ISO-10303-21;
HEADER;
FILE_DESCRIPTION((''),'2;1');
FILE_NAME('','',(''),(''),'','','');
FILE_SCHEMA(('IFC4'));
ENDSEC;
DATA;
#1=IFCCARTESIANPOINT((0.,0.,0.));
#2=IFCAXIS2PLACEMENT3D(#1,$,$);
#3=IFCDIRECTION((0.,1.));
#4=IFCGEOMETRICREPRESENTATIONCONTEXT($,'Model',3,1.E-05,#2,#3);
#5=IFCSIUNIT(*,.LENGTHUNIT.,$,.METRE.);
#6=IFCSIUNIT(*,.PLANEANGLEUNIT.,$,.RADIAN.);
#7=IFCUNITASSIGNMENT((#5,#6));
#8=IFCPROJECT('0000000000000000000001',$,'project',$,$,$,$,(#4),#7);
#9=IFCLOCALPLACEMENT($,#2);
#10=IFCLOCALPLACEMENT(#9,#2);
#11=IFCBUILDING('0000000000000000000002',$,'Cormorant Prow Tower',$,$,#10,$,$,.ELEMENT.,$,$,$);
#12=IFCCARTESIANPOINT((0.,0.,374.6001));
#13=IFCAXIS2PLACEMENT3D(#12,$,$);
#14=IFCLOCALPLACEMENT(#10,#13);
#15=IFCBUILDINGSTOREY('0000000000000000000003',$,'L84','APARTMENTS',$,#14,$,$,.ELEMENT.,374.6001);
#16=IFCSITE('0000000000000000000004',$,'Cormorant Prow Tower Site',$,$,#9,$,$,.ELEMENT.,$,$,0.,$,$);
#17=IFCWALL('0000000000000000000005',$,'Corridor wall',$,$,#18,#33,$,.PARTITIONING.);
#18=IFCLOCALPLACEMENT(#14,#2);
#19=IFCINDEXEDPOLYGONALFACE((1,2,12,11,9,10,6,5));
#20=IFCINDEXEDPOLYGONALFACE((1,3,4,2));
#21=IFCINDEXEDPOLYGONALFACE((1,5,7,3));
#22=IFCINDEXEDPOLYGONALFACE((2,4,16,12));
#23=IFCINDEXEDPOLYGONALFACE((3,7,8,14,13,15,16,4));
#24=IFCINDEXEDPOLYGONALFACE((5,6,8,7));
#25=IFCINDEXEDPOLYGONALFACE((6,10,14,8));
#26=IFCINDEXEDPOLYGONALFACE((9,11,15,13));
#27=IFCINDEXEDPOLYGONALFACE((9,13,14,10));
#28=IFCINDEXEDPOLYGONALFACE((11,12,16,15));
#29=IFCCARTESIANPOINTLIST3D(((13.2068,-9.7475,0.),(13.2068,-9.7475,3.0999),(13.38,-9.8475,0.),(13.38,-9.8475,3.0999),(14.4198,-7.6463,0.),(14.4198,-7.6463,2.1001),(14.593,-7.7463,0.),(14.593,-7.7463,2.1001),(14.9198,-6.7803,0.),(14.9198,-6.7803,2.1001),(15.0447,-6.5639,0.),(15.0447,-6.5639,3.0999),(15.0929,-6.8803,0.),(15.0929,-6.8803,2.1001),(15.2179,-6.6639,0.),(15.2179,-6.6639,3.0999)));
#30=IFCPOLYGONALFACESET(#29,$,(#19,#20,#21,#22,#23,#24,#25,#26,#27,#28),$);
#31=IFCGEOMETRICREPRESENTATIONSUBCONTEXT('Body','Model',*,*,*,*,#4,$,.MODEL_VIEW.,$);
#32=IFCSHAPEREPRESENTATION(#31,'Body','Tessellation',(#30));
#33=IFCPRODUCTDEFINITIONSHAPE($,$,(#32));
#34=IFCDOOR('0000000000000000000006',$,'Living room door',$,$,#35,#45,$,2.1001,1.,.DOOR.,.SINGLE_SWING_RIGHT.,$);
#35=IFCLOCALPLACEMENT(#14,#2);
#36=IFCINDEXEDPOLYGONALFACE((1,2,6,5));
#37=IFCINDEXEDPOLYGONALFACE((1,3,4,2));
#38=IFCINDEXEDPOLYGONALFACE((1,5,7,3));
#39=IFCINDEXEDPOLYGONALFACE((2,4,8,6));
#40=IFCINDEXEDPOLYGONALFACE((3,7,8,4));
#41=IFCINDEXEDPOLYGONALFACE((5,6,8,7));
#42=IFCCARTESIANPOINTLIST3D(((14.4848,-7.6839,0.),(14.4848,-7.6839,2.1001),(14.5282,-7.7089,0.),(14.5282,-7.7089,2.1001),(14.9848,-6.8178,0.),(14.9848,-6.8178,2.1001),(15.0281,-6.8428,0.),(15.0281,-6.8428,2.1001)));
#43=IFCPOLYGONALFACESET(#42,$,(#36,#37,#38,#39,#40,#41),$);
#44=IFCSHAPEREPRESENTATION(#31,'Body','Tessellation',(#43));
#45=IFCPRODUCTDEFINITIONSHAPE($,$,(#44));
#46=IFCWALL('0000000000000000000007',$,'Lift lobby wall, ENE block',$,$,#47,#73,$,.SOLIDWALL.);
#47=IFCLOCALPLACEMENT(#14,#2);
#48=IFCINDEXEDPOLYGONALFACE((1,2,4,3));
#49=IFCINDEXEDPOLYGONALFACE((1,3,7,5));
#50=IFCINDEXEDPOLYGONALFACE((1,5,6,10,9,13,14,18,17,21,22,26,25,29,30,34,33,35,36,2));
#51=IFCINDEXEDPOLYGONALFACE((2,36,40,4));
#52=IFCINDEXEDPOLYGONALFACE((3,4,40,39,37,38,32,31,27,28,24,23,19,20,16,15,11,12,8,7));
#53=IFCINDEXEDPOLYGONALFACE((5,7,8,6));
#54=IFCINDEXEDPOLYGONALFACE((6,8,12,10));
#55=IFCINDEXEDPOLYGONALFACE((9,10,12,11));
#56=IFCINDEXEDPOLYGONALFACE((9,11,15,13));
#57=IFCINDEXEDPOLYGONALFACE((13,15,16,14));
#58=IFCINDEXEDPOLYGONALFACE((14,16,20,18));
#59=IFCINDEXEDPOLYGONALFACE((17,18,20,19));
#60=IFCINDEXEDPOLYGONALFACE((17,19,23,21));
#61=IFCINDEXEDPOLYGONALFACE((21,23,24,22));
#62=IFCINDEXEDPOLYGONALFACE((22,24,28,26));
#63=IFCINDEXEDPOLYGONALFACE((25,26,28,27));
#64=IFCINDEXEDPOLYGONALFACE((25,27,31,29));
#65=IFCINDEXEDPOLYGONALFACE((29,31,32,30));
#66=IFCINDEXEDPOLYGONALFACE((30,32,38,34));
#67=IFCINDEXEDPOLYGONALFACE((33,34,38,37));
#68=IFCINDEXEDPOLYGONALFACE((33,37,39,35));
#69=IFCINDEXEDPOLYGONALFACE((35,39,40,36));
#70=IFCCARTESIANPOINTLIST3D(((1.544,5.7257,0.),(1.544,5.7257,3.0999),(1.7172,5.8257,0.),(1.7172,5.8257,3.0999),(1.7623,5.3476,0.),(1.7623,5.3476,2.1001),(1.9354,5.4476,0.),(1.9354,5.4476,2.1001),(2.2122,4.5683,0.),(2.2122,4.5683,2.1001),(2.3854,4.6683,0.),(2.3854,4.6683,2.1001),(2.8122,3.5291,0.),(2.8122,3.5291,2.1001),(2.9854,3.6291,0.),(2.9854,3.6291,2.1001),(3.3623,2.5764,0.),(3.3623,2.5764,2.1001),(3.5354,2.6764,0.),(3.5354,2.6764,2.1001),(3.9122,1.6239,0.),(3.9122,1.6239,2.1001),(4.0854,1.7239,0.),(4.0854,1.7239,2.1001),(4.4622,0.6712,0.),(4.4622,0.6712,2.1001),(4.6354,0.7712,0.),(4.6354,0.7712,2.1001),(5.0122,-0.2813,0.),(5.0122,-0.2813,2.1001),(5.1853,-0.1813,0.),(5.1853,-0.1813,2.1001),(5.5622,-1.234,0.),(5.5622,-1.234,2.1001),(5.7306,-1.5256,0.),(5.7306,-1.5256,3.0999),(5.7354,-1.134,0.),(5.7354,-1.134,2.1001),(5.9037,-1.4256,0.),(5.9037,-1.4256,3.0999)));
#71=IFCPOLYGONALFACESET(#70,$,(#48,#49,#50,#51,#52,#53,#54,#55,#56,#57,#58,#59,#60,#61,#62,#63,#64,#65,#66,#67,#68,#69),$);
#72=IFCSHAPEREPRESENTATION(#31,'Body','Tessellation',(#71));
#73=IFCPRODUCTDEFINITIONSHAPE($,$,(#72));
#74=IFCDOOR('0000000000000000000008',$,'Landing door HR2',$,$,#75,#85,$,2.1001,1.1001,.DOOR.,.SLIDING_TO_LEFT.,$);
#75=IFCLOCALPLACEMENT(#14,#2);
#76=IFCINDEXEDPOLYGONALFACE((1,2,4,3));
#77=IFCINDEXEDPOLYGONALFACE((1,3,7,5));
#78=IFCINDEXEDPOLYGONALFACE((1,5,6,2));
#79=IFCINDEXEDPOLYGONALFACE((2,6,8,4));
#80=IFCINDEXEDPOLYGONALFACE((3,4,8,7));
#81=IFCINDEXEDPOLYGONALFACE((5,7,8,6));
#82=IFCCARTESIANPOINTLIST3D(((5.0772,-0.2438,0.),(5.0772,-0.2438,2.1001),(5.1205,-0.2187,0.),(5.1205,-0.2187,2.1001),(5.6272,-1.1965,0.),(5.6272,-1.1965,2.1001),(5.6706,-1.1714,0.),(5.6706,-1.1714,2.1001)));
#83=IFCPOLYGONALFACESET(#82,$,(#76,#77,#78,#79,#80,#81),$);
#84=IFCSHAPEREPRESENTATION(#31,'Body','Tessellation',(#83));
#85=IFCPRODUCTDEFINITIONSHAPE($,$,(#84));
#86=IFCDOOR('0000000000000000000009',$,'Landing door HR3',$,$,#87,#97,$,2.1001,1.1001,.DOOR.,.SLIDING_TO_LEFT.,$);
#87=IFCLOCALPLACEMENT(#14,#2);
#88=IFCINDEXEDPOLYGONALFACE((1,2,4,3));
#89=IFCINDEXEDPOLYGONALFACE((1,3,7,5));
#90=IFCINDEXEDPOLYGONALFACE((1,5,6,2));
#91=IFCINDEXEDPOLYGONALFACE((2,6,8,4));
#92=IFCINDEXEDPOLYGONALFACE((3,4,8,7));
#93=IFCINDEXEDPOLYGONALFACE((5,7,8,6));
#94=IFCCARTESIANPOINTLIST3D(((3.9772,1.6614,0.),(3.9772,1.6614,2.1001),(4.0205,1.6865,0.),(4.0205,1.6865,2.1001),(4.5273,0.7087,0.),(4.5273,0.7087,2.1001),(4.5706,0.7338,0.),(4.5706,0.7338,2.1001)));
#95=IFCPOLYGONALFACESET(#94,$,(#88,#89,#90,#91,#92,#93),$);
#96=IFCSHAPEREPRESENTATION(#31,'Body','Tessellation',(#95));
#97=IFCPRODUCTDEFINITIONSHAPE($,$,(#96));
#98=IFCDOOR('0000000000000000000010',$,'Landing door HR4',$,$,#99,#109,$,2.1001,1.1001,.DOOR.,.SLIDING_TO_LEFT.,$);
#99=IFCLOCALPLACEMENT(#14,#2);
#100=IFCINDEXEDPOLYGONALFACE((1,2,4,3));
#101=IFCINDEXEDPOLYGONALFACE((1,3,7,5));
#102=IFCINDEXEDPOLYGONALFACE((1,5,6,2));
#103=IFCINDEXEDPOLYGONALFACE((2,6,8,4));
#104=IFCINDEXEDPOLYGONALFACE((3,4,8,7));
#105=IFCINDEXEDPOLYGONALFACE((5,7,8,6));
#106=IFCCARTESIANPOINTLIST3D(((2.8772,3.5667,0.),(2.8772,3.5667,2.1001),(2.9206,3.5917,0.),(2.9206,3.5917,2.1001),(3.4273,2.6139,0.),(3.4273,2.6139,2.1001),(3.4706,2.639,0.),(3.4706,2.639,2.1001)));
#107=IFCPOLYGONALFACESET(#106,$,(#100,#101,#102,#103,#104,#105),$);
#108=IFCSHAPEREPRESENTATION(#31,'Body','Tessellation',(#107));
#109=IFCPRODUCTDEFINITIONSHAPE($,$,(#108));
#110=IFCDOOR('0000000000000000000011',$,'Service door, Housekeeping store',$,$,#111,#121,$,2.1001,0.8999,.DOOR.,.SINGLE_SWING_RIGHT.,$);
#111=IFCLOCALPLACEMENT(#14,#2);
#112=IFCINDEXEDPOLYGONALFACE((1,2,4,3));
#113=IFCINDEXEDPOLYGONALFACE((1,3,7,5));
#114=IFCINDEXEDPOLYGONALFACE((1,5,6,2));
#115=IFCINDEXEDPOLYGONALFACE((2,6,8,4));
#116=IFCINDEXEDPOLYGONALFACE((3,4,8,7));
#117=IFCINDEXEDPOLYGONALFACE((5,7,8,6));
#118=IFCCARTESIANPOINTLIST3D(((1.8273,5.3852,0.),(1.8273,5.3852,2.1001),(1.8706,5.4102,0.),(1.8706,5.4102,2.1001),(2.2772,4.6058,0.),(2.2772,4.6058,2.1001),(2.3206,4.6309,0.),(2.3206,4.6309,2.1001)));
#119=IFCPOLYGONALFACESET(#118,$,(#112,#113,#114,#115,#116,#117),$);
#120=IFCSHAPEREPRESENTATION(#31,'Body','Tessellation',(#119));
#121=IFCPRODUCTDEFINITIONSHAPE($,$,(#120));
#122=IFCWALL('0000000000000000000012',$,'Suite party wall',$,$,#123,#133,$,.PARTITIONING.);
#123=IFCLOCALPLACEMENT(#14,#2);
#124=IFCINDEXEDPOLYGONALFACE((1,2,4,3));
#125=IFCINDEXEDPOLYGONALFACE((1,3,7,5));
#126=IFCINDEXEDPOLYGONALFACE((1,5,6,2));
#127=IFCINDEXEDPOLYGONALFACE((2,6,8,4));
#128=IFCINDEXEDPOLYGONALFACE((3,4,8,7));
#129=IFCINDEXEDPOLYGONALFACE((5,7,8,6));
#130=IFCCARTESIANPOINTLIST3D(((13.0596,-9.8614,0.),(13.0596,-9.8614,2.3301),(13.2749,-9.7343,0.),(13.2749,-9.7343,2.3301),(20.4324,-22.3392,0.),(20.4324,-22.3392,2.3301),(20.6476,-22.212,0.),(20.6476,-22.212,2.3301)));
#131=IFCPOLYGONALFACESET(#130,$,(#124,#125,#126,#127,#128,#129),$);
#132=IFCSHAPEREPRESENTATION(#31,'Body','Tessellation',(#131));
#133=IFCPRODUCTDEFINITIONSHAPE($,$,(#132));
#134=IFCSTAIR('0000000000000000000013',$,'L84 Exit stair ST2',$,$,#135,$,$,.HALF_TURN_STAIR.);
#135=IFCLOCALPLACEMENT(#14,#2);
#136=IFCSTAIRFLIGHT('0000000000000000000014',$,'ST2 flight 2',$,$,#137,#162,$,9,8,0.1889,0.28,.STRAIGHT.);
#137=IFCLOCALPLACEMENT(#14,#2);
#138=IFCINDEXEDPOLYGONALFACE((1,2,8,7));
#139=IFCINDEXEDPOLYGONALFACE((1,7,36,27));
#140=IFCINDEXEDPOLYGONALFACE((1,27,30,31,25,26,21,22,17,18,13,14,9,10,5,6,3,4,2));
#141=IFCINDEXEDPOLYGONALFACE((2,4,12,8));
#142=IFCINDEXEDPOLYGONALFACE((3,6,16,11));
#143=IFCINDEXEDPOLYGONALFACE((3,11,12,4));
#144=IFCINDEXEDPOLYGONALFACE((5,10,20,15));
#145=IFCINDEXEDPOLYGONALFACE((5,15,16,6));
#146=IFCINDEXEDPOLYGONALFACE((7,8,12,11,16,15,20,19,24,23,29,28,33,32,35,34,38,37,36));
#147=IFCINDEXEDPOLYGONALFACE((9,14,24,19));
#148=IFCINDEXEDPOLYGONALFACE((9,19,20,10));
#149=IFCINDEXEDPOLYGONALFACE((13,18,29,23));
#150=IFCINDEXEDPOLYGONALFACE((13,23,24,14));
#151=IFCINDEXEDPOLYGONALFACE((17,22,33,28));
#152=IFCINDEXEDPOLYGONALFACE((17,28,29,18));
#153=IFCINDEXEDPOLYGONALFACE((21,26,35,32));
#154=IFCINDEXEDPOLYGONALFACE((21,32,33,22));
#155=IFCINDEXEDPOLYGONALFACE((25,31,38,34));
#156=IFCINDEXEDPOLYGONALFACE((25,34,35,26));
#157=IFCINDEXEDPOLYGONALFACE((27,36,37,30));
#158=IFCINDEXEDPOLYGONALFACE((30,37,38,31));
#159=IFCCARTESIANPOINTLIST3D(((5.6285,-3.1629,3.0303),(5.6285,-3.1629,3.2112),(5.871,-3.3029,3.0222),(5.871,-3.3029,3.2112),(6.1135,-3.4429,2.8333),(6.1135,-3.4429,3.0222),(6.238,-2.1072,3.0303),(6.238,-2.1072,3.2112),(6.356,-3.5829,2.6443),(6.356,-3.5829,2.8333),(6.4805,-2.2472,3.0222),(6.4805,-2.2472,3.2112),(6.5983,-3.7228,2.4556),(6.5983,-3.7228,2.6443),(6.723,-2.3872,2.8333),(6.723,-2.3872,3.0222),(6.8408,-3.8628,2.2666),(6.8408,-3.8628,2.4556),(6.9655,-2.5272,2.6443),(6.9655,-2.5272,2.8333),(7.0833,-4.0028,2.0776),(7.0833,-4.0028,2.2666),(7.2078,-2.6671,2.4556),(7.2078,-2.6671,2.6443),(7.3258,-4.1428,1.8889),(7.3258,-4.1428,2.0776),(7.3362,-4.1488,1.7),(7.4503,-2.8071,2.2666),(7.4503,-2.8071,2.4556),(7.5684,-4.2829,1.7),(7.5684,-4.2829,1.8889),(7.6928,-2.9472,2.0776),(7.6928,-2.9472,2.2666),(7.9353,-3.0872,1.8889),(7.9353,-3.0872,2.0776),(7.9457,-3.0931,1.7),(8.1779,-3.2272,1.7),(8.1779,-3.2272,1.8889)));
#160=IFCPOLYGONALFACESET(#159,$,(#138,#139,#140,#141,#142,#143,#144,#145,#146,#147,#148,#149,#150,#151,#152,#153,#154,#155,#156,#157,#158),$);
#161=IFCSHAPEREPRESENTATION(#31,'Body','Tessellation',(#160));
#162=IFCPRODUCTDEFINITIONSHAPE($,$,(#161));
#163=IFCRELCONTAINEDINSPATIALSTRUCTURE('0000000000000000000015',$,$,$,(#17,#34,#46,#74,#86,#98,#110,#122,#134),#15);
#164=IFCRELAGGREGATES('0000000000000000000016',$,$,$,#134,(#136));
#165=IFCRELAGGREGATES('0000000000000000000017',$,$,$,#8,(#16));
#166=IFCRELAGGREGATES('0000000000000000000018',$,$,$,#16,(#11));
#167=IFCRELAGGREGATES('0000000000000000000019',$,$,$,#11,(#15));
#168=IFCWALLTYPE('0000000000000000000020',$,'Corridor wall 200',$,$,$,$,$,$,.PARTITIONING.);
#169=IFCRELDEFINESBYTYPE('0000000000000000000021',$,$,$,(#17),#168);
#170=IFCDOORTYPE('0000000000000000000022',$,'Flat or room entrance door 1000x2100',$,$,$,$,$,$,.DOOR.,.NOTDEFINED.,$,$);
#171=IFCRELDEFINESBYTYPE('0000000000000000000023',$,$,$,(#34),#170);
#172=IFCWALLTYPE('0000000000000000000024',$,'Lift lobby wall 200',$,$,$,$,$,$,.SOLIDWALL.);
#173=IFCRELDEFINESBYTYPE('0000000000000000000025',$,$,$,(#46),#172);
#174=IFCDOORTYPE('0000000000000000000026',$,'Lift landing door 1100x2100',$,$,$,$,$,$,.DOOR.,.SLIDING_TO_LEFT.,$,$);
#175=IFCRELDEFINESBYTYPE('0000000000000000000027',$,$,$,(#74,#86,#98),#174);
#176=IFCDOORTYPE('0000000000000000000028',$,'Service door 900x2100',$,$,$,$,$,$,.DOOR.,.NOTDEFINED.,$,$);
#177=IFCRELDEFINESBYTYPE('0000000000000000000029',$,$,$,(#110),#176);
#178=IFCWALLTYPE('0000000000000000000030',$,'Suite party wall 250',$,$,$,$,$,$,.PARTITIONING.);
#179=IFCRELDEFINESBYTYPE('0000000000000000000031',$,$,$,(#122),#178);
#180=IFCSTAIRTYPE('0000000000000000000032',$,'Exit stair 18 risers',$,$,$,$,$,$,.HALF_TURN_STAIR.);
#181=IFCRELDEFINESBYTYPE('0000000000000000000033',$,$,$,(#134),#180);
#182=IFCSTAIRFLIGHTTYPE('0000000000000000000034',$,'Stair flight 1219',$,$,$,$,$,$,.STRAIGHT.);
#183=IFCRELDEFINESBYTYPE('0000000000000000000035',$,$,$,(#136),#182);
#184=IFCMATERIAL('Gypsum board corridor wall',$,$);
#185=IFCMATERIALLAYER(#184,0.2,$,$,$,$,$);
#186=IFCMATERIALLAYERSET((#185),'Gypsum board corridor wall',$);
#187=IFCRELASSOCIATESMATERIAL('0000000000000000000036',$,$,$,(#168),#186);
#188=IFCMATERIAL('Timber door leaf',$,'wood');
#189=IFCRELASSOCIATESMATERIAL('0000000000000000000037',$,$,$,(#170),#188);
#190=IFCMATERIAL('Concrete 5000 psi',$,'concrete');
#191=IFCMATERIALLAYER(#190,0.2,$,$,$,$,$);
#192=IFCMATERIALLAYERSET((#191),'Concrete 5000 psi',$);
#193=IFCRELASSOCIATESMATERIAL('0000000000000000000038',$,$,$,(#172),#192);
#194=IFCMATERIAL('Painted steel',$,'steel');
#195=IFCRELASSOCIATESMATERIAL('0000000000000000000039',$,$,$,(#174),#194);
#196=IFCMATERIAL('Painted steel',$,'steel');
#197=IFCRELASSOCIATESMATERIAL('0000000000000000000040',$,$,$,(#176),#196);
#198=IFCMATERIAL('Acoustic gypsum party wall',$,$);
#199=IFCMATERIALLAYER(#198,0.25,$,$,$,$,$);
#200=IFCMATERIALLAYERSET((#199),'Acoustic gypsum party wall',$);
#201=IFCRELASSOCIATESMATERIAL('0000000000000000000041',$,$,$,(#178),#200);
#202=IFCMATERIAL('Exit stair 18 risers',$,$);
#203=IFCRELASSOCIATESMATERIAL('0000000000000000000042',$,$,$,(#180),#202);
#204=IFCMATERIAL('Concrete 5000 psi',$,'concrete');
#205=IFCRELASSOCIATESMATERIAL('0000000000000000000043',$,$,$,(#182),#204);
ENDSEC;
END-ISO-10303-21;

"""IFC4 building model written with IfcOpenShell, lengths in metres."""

from ifc_helpers import new_model, si_unit, direction, frame, frame_2d, origin, place, context, subcontext, project, spatial, polyline, rectangle, outline, extrude, material, layer, layer_set, type_object, element, fill, aggregate, save


model = new_model("IFC4")

# Units and contexts
model_context = context("Model", 3, precision=1e-05, world=origin(), true_north=direction((0.0, 1.0)))
body_context = subcontext(model_context, "Body", "Model", "MODEL_VIEW")
ifc_project = project(units=[si_unit("LENGTHUNIT", "METRE"), si_unit("PLANEANGLEUNIT", "RADIAN")], contexts=[model_context])

# Site, building, storey
site_placement = place(None, origin())
site = spatial("IfcSite", under=ifc_project, at=site_placement, Name="Cormorant Prow Tower Site", CompositionType="ELEMENT", RefElevation=0.0)
building_placement = place(site_placement, origin())
building = spatial("IfcBuilding", under=site, at=building_placement, Name="Cormorant Prow Tower", CompositionType="ELEMENT")
storey_placement = place(building_placement, frame((0.0, 0.0, 374.6001)))
storey = spatial("IfcBuildingStorey", under=building, at=storey_placement, Name="L84", Description="APARTMENTS", CompositionType="ELEMENT", Elevation=374.6001)

# Shared definitions
ifc_material_1 = material(Name="Gypsum board corridor wall")
ifc_layer_1 = layer(ifc_material_1, 0.2)
ifc_layer_set_1 = layer_set([ifc_layer_1], Name="Gypsum board corridor wall")
wall_type_1 = type_object("IfcWallType", Name="Corridor wall 200", PredefinedType="PARTITIONING", material=ifc_layer_set_1)

# Wall, opening, door
wall_1_placement = place(storey_placement, frame((13.2935, -9.7974, 0.0), z_axis=(0.0, 0.0, 1.0), x_axis=(0.499968, 0.866044, 0.0)))
wall_1 = element("IfcWall", 1, at=wall_1_placement, inside=storey, type_object=wall_type_1, Name="Corridor wall", PredefinedType="PARTITIONING", context=body_context, shape_type="SweptSolid", body=[
    extrude(rectangle(XDim=3.676, YDim=0.2, at=frame_2d((1.8379, 0.0))), origin(), (0.0, 0.0, 1.0), 3.0999),
])
opening_1_placement = place(wall_1_placement, frame((2.426, 0.0, 0.0)))
opening_1 = element("IfcOpeningElement", 2, at=opening_1_placement, cuts=wall_1, PredefinedType="OPENING", context=body_context, shape_type="SweptSolid", body=[
    extrude(rectangle(XDim=1.0, YDim=2.1001, at=frame_2d((0.5, 1.05))), frame((0.0, 0.1099, 0.0), z_axis=(0.0, -1.0, 0.0), x_axis=(1.0, 0.0, 0.0)), (0.0, 0.0, 1.0), 0.22),
])
ifc_material_2 = material(Name="Timber door leaf", Category="wood")
door_type_1 = type_object("IfcDoorType", Name="Flat or room entrance door 1000x2100", OperationType="NOTDEFINED", PredefinedType="DOOR", material=ifc_material_2)
door_1_placement = place(opening_1_placement, origin())
door_1 = element("IfcDoor", 3, at=door_1_placement, inside=storey, type_object=door_type_1, Name="Living room door", OperationType="SINGLE_SWING_RIGHT", OverallHeight=2.1001, OverallWidth=1.0, PredefinedType="DOOR", context=body_context, shape_type="SweptSolid", body=[
    extrude(rectangle(XDim=1.0, YDim=2.1001, at=frame_2d((0.5, 1.05))), frame((0.0, 0.0249, 0.0), z_axis=(0.0, -1.0, 0.0), x_axis=(1.0, 0.0, 0.0)), (0.0, 0.0, 1.0), 0.05),
])
fill(opening_1, door_1)

# Wall, openings, doors
ifc_material_3 = material(Name="Concrete 5000 psi", Category="concrete")
ifc_layer_2 = layer(ifc_material_3, 0.2)
ifc_layer_set_2 = layer_set([ifc_layer_2], Name="Concrete 5000 psi")
wall_type_2 = type_object("IfcWallType", Name="Lift lobby wall 200", PredefinedType="SOLIDWALL", material=ifc_layer_set_2)
wall_2_placement = place(storey_placement, frame((5.8171, -1.4756, 0.0), z_axis=(0.0, 0.0, 1.0), x_axis=(-0.500003, 0.866024, 0.0)))
wall_2 = element("IfcWall", 4, at=wall_2_placement, inside=storey, type_object=wall_type_2, Name="Lift lobby wall, ENE block", PredefinedType="SOLIDWALL", context=body_context, shape_type="SweptSolid", body=[
    extrude(rectangle(XDim=8.373, YDim=0.2, at=frame_2d((4.1865, 0.0))), origin(), (0.0, 0.0, 1.0), 3.0999),
])
opening_2_placement = place(wall_2_placement, frame((0.3367, 0.0, 0.0)))
opening_2 = element("IfcOpeningElement", 5, at=opening_2_placement, cuts=wall_2, PredefinedType="OPENING", context=body_context, shape_type="SweptSolid", body=[
    extrude(rectangle(XDim=1.1001, YDim=2.1001, at=frame_2d((0.55, 1.05))), frame((0.0, 0.1099, 0.0), z_axis=(0.0, -1.0, 0.0), x_axis=(1.0, 0.0, 0.0)), (0.0, 0.0, 1.0), 0.22),
])
opening_3_placement = place(wall_2_placement, frame((2.5366, 0.0, 0.0)))
opening_3 = element("IfcOpeningElement", 6, at=opening_3_placement, cuts=wall_2, PredefinedType="OPENING", context=body_context, shape_type="SweptSolid", body=[
    extrude(rectangle(XDim=1.1001, YDim=2.1001, at=frame_2d((0.55, 1.05))), frame((0.0, 0.1099, 0.0), z_axis=(0.0, -1.0, 0.0), x_axis=(1.0, 0.0, 0.0)), (0.0, 0.0, 1.0), 0.22),
])
opening_4_placement = place(wall_2_placement, frame((4.7366, 0.0, 0.0)))
opening_4 = element("IfcOpeningElement", 7, at=opening_4_placement, cuts=wall_2, PredefinedType="OPENING", context=body_context, shape_type="SweptSolid", body=[
    extrude(rectangle(XDim=1.1001, YDim=2.1001, at=frame_2d((0.55, 1.05))), frame((0.0, 0.1099, 0.0), z_axis=(0.0, -1.0, 0.0), x_axis=(1.0, 0.0, 0.0)), (0.0, 0.0, 1.0), 0.22),
])
opening_5_placement = place(wall_2_placement, frame((7.0366, 0.0, 0.0)))
opening_5 = element("IfcOpeningElement", 8, at=opening_5_placement, cuts=wall_2, PredefinedType="OPENING", context=body_context, shape_type="SweptSolid", body=[
    extrude(rectangle(XDim=0.8999, YDim=2.1001, at=frame_2d((0.45, 1.05))), frame((0.0, 0.1099, 0.0), z_axis=(0.0, -1.0, 0.0), x_axis=(1.0, 0.0, 0.0)), (0.0, 0.0, 1.0), 0.22),
])
ifc_material_4 = material(Name="Painted steel", Category="steel")
door_type_2 = type_object("IfcDoorType", Name="Lift landing door 1100x2100", OperationType="SLIDING_TO_LEFT", PredefinedType="DOOR", material=ifc_material_4)
door_2_placement = place(opening_2_placement, origin())
door_2 = element("IfcDoor", 9, at=door_2_placement, inside=storey, type_object=door_type_2, Name="Landing door HR2", OperationType="SLIDING_TO_LEFT", OverallHeight=2.1001, OverallWidth=1.1001, PredefinedType="DOOR", context=body_context, shape_type="SweptSolid", body=[
    extrude(rectangle(XDim=1.1001, YDim=2.1001, at=frame_2d((0.55, 1.05))), frame((0.0, 0.0249, 0.0), z_axis=(0.0, -1.0, 0.0), x_axis=(1.0, 0.0, 0.0)), (0.0, 0.0, 1.0), 0.05),
])
fill(opening_2, door_2)
door_3_placement = place(opening_3_placement, origin())
door_3 = element("IfcDoor", 10, at=door_3_placement, inside=storey, type_object=door_type_2, Name="Landing door HR3", OperationType="SLIDING_TO_LEFT", OverallHeight=2.1001, OverallWidth=1.1001, PredefinedType="DOOR", context=body_context, shape_type="SweptSolid", body=[
    extrude(rectangle(XDim=1.1001, YDim=2.1001, at=frame_2d((0.55, 1.05))), frame((0.0, 0.0249, 0.0), z_axis=(0.0, -1.0, 0.0), x_axis=(1.0, 0.0, 0.0)), (0.0, 0.0, 1.0), 0.05),
])
fill(opening_3, door_3)
door_4_placement = place(opening_4_placement, origin())
door_4 = element("IfcDoor", 11, at=door_4_placement, inside=storey, type_object=door_type_2, Name="Landing door HR4", OperationType="SLIDING_TO_LEFT", OverallHeight=2.1001, OverallWidth=1.1001, PredefinedType="DOOR", context=body_context, shape_type="SweptSolid", body=[
    extrude(rectangle(XDim=1.1001, YDim=2.1001, at=frame_2d((0.55, 1.05))), frame((0.0, 0.0249, 0.0), z_axis=(0.0, -1.0, 0.0), x_axis=(1.0, 0.0, 0.0)), (0.0, 0.0, 1.0), 0.05),
])
fill(opening_4, door_4)
ifc_material_5 = material(Name="Painted steel", Category="steel")
door_type_3 = type_object("IfcDoorType", Name="Service door 900x2100", OperationType="NOTDEFINED", PredefinedType="DOOR", material=ifc_material_5)
door_5_placement = place(opening_5_placement, origin())
door_5 = element("IfcDoor", 12, at=door_5_placement, inside=storey, type_object=door_type_3, Name="Service door, Housekeeping store", OperationType="SINGLE_SWING_RIGHT", OverallHeight=2.1001, OverallWidth=0.8999, PredefinedType="DOOR", context=body_context, shape_type="SweptSolid", body=[
    extrude(rectangle(XDim=0.8999, YDim=2.1001, at=frame_2d((0.45, 1.05))), frame((0.0, 0.0249, 0.0), z_axis=(0.0, -1.0, 0.0), x_axis=(1.0, 0.0, 0.0)), (0.0, 0.0, 1.0), 0.05),
])
fill(opening_5, door_5)

# Wall
ifc_material_6 = material(Name="Acoustic gypsum party wall")
ifc_layer_3 = layer(ifc_material_6, 0.25)
ifc_layer_set_3 = layer_set([ifc_layer_3], Name="Acoustic gypsum party wall")
wall_type_3 = type_object("IfcWallType", Name="Suite party wall 250", PredefinedType="PARTITIONING", material=ifc_layer_set_3)
wall_3_placement = place(storey_placement, frame((13.1672, -9.7979, 0.0), z_axis=(0.0, 0.0, 1.0), x_axis=(0.508707, -0.86094, 0.0)))
element("IfcWall", 13, at=wall_3_placement, inside=storey, type_object=wall_type_3, Name="Suite party wall", PredefinedType="PARTITIONING", context=body_context, shape_type="SweptSolid", body=[
    extrude(rectangle(XDim=14.4932, YDim=0.25, at=frame_2d((7.2466, 0.0))), origin(), (0.0, 0.0, 1.0), 2.3301),
])

# Stair, stair flight
ifc_material_7 = material(Name="Exit stair 18 risers")
stair_type = type_object("IfcStairType", Name="Exit stair 18 risers", PredefinedType="HALF_TURN_STAIR", material=ifc_material_7)
stair_placement = place(storey_placement, origin())
stair = element("IfcStair", 14, at=stair_placement, inside=storey, type_object=stair_type, Name="L84 Exit stair ST2", PredefinedType="HALF_TURN_STAIR")
ifc_material_8 = material(Name="Concrete 5000 psi", Category="concrete")
stair_flight_type = type_object("IfcStairFlightType", Name="Stair flight 1219", PredefinedType="STRAIGHT", material=ifc_material_8)
stair_flight_placement = place(storey_placement, frame((7.873, -3.7551, 1.7), z_axis=(0.0, 0.0, 1.0), x_axis=(-0.866025, 0.5, 0.0)))
stair_flight = element("IfcStairFlight", 15, at=stair_flight_placement, type_object=stair_flight_type, Name="ST2 flight 2", NumberOfRisers=9, NumberOfTreads=8, PredefinedType="STRAIGHT", RiserHeight=0.1889, TreadLength=0.28, context=body_context, shape_type="SweptSolid", body=[
    extrude(outline(polyline([(0.0, 0.0), (0.0, 0.189), (0.28, 0.189), (0.28, 0.3777), (0.5601, 0.3777), (0.5601, 0.5667), (0.8401, 0.5667), (0.8401, 0.7556), (1.1201, 0.7556), (1.1201, 0.9443), (1.3999, 0.9443), (1.3999, 1.1333), (1.6799, 1.1333), (1.6799, 1.3223), (1.96, 1.3223), (1.96, 1.5112), (2.24, 1.5112), (2.24, 1.7), (2.24, 1.3303), (0.2681, 0.0), (0.0, 0.0)])), frame((0.0, 0.6094, 0.0), z_axis=(0.0, -1.0, 0.0), x_axis=(1.0, 0.0, 0.0)), (0.0, 0.0, 1.0), 1.219),
])
aggregate(stair, [stair_flight])

save(model, "model.ifc")
